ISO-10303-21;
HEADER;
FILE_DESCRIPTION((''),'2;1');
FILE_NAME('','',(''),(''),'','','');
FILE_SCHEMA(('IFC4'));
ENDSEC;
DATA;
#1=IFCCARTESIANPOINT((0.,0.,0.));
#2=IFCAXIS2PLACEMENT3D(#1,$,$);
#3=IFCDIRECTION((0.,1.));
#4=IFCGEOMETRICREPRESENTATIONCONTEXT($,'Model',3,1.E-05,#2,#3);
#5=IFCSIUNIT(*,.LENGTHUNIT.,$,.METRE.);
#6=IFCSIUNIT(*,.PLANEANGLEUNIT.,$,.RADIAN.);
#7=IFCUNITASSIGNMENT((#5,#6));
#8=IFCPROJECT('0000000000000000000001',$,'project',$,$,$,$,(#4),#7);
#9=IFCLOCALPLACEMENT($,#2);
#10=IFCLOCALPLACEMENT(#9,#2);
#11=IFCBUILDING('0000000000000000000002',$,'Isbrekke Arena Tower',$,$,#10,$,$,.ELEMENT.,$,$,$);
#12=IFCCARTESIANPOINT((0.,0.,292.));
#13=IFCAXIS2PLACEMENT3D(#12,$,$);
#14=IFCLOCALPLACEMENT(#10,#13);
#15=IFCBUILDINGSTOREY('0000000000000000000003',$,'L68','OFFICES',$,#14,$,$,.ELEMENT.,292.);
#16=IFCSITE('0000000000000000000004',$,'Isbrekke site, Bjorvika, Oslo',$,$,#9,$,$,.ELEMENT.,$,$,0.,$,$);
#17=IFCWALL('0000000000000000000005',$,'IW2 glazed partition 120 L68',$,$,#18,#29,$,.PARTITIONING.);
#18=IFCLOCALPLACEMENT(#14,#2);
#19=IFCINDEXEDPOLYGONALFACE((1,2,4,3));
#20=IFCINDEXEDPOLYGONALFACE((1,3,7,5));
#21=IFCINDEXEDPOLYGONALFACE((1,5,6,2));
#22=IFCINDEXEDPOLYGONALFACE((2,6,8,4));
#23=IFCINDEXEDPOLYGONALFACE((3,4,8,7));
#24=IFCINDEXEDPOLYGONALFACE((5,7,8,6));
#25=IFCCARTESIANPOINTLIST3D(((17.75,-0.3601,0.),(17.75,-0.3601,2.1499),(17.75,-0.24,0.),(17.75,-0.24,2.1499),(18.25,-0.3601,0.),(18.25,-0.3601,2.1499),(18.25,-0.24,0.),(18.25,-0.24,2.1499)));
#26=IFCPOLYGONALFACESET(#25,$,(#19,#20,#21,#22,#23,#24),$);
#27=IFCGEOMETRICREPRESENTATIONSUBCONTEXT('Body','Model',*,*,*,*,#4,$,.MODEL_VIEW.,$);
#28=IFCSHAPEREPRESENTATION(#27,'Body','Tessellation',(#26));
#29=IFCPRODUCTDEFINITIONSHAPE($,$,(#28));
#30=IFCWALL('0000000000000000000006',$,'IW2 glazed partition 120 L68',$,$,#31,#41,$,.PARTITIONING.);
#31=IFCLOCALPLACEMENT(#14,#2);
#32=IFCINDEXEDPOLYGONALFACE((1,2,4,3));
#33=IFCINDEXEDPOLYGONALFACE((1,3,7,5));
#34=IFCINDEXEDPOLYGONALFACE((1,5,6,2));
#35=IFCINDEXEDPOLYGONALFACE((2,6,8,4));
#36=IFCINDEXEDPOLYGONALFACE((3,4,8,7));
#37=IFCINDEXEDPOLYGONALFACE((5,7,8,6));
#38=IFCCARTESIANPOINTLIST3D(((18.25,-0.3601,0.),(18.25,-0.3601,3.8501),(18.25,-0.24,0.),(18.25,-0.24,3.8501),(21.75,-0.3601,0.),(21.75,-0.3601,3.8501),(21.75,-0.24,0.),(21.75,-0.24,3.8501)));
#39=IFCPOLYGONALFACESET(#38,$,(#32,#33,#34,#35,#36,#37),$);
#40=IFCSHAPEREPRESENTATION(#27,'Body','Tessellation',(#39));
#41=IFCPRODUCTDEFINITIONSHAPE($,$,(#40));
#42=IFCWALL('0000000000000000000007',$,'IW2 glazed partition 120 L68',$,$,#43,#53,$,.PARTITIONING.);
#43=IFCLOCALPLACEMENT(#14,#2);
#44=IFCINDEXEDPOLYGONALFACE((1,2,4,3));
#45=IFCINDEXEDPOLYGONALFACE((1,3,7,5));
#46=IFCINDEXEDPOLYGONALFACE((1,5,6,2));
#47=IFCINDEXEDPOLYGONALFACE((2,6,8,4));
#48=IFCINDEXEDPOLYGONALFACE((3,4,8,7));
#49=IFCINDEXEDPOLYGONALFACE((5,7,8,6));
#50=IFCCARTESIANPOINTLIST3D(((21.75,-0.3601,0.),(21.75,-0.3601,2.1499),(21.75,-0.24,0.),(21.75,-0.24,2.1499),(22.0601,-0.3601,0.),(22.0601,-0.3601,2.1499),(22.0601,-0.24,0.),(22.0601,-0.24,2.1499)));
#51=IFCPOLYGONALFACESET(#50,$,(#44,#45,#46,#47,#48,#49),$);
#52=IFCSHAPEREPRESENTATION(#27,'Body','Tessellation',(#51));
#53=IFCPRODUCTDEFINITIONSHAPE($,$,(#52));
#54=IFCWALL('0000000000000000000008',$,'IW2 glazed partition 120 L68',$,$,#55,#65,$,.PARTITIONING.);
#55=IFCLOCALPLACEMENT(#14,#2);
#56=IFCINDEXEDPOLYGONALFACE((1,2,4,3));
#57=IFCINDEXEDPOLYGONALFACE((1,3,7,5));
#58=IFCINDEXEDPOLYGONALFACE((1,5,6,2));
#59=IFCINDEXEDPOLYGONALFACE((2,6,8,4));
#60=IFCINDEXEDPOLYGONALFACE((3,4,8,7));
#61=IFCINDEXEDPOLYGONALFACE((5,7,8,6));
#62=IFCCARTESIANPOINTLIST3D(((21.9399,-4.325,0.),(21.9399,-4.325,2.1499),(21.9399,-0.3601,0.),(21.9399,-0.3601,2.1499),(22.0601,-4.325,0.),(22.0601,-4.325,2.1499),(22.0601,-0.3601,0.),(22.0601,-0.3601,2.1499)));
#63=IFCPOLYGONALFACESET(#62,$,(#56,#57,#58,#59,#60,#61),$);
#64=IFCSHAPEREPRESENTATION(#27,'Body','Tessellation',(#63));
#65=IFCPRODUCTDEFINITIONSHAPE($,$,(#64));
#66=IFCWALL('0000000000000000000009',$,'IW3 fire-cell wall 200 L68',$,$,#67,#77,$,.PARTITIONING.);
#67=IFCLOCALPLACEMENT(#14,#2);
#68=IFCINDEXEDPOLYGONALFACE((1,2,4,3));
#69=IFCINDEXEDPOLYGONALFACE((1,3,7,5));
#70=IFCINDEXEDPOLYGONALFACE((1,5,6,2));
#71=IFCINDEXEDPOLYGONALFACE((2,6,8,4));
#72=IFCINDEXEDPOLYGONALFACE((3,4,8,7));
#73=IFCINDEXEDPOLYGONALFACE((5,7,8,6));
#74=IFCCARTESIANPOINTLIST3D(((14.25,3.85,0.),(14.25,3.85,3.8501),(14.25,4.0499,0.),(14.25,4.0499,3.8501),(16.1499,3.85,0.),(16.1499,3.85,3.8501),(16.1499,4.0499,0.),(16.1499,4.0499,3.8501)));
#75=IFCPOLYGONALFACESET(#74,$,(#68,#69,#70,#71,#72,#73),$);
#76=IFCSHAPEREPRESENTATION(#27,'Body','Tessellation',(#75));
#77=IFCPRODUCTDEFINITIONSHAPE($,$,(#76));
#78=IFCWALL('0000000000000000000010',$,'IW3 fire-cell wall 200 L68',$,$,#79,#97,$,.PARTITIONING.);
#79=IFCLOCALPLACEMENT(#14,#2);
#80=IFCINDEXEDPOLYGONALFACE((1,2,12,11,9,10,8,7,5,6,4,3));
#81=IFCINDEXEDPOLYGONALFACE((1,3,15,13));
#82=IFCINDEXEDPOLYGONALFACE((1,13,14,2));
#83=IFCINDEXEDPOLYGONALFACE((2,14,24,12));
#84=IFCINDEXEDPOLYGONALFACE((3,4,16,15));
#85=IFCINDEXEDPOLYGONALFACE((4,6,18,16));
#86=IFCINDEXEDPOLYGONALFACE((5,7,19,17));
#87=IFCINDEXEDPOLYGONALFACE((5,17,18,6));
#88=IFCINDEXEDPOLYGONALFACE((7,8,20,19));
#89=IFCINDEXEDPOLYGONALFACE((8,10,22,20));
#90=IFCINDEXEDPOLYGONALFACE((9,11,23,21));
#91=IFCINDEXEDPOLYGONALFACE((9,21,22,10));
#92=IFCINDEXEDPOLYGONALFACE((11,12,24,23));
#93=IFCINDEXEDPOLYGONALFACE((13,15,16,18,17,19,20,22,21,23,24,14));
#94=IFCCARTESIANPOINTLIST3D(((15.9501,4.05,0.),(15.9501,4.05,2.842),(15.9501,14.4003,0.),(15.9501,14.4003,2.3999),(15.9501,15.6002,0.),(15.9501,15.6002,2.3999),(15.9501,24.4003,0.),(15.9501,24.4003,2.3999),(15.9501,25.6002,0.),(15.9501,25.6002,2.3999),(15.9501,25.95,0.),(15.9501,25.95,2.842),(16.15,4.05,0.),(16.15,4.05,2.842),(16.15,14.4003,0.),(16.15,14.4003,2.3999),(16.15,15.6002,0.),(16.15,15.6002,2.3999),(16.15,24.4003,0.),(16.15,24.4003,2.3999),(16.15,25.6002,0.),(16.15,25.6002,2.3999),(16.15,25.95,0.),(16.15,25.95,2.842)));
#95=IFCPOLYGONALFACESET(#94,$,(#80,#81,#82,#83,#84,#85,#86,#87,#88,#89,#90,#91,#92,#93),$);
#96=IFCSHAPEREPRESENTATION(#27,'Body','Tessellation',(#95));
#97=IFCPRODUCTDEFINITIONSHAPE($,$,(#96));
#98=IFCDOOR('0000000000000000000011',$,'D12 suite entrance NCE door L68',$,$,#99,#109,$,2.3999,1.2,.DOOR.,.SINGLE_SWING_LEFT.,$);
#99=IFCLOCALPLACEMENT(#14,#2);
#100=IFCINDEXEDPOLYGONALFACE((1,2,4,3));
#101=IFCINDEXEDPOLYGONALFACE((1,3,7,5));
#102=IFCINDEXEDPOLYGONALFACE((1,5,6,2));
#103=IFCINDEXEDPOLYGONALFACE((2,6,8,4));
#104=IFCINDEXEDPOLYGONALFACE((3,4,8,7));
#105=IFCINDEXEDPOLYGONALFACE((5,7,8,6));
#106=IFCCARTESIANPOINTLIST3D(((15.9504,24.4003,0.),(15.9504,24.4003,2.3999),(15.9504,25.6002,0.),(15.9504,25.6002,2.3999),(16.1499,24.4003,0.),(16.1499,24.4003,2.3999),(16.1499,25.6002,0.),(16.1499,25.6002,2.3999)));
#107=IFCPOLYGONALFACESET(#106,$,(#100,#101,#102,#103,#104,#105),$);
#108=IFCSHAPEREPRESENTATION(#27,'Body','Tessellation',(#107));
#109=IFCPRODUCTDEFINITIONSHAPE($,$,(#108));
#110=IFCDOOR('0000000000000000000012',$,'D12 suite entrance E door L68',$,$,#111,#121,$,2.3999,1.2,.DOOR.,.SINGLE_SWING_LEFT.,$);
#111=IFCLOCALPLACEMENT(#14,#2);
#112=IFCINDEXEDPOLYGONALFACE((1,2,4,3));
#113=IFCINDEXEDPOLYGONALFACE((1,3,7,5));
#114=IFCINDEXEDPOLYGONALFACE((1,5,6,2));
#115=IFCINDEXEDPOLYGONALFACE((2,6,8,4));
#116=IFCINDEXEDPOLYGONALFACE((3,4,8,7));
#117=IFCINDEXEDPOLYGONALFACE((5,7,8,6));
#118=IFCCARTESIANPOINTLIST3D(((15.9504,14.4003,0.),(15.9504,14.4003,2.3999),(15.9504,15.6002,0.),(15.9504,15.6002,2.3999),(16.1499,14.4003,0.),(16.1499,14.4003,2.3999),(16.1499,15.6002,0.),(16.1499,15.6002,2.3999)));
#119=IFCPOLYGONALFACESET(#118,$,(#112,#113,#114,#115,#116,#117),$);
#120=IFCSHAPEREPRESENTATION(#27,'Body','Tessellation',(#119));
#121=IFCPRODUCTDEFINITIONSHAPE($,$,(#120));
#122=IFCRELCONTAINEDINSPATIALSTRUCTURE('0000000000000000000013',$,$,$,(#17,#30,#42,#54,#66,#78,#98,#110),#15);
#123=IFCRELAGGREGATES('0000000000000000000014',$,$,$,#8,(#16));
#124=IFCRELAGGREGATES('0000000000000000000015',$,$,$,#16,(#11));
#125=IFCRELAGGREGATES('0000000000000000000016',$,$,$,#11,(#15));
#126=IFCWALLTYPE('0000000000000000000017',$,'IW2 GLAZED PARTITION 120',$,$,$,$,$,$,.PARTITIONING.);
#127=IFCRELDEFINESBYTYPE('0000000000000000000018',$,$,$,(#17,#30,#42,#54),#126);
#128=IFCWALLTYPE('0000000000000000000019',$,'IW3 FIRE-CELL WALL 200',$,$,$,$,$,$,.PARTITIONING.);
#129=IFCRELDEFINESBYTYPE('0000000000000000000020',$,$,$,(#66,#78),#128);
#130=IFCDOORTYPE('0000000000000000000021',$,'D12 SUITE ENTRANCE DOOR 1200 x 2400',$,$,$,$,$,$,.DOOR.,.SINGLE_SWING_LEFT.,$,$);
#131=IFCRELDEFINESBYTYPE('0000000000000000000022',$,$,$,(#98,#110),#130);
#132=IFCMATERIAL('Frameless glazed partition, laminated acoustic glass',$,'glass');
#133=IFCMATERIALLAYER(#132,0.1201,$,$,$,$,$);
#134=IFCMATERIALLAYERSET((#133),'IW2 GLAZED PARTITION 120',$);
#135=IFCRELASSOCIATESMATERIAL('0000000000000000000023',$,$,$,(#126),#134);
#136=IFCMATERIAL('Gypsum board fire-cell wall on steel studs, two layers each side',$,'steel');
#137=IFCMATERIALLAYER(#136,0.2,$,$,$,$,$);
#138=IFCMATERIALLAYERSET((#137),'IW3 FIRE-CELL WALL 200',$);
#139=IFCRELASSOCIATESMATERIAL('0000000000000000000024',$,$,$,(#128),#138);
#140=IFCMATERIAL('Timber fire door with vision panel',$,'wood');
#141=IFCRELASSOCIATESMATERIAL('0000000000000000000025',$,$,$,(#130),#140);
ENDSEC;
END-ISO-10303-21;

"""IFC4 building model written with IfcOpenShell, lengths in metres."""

from ifc_helpers import new_model, si_unit, direction, frame, frame_2d, origin, place, context, subcontext, project, spatial, rectangle, extrude, material, layer, layer_set, type_object, element, fill, save


model = new_model("IFC4")

# Units and contexts
model_context = context("Model", 3, precision=1e-05, world=origin(), true_north=direction((0.0, 1.0)))
body_context = subcontext(model_context, "Body", "Model", "MODEL_VIEW")
ifc_project = project(units=[si_unit("LENGTHUNIT", "METRE"), si_unit("PLANEANGLEUNIT", "RADIAN")], contexts=[model_context])

# Site, building, storey
site_placement = place(None, origin())
site = spatial("IfcSite", under=ifc_project, at=site_placement, Name="Isbrekke site, Bjorvika, Oslo", CompositionType="ELEMENT", RefElevation=0.0)
building_placement = place(site_placement, origin())
building = spatial("IfcBuilding", under=site, at=building_placement, Name="Isbrekke Arena Tower", CompositionType="ELEMENT")
storey_placement = place(building_placement, frame((0.0, 0.0, 292.0)))
storey = spatial("IfcBuildingStorey", under=building, at=storey_placement, Name="L68", Description="OFFICES", CompositionType="ELEMENT", Elevation=292.0)

# Shared definitions
ifc_material_1 = material(Name="Frameless glazed partition, laminated acoustic glass", Category="glass")
ifc_layer_1 = layer(ifc_material_1, 0.1201)
ifc_layer_set_1 = layer_set([ifc_layer_1], Name="IW2 GLAZED PARTITION 120")
wall_type_1 = type_object("IfcWallType", Name="IW2 GLAZED PARTITION 120", PredefinedType="PARTITIONING", material=ifc_layer_set_1)

# Walls
wall_1_placement = place(storey_placement, frame((17.75, -0.3, 0.0), z_axis=(0.0, 0.0, 1.0), x_axis=(1.0, 0.0, 0.0)))
element("IfcWall", 1, at=wall_1_placement, inside=storey, type_object=wall_type_1, Name="IW2 glazed partition 120 L68", PredefinedType="PARTITIONING", context=body_context, shape_type="SweptSolid", body=[
    extrude(rectangle(XDim=0.5, YDim=0.1201, at=frame_2d((0.25, 0.0))), origin(), (0.0, 0.0, 1.0), 2.1499),
])
wall_2_placement = place(storey_placement, frame((18.25, -0.3, 0.0), z_axis=(0.0, 0.0, 1.0), x_axis=(1.0, 0.0, 0.0)))
element("IfcWall", 2, at=wall_2_placement, inside=storey, type_object=wall_type_1, Name="IW2 glazed partition 120 L68", PredefinedType="PARTITIONING", context=body_context, shape_type="SweptSolid", body=[
    extrude(rectangle(XDim=3.5, YDim=0.1201, at=frame_2d((1.75, 0.0))), origin(), (0.0, 0.0, 1.0), 3.8501),
])
wall_3_placement = place(storey_placement, frame((21.75, -0.3, 0.0), z_axis=(0.0, 0.0, 1.0), x_axis=(1.0, 0.0, 0.0)))
element("IfcWall", 3, at=wall_3_placement, inside=storey, type_object=wall_type_1, Name="IW2 glazed partition 120 L68", PredefinedType="PARTITIONING", context=body_context, shape_type="SweptSolid", body=[
    extrude(rectangle(XDim=0.3101, YDim=0.1201, at=frame_2d((0.155, 0.0))), origin(), (0.0, 0.0, 1.0), 2.1499),
])
wall_4_placement = place(storey_placement, frame((22.0, -4.325, 0.0), z_axis=(0.0, 0.0, 1.0), x_axis=(0.0, 1.0, 0.0)))
element("IfcWall", 4, at=wall_4_placement, inside=storey, type_object=wall_type_1, Name="IW2 glazed partition 120 L68", PredefinedType="PARTITIONING", context=body_context, shape_type="SweptSolid", body=[
    extrude(rectangle(XDim=3.9648, YDim=0.1201, at=frame_2d((1.9824, 0.0))), origin(), (0.0, 0.0, 1.0), 2.1499),
])
ifc_material_2 = material(Name="Gypsum board fire-cell wall on steel studs, two layers each side", Category="steel")
ifc_layer_2 = layer(ifc_material_2, 0.2)
ifc_layer_set_2 = layer_set([ifc_layer_2], Name="IW3 FIRE-CELL WALL 200")
wall_type_2 = type_object("IfcWallType", Name="IW3 FIRE-CELL WALL 200", PredefinedType="PARTITIONING", material=ifc_layer_set_2)
wall_5_placement = place(storey_placement, frame((14.25, 3.95, 0.0), z_axis=(0.0, 0.0, 1.0), x_axis=(1.0, 0.0, 0.0)))
element("IfcWall", 5, at=wall_5_placement, inside=storey, type_object=wall_type_2, Name="IW3 fire-cell wall 200 L68", PredefinedType="PARTITIONING", context=body_context, shape_type="SweptSolid", body=[
    extrude(rectangle(XDim=1.8999, YDim=0.2, at=frame_2d((0.95, 0.0))), origin(), (0.0, 0.0, 1.0), 3.8501),
])

# Wall, openings, doors
wall_6_placement = place(storey_placement, frame((16.05, 4.05, 0.0), z_axis=(0.0, 0.0, 1.0), x_axis=(0.0, 1.0, 0.0)))
wall_6 = element("IfcWall", 6, at=wall_6_placement, inside=storey, type_object=wall_type_2, Name="IW3 fire-cell wall 200 L68", PredefinedType="PARTITIONING", context=body_context, shape_type="SweptSolid", body=[
    extrude(rectangle(XDim=21.8999, YDim=0.2, at=frame_2d((10.95, 0.0))), origin(), (0.0, 0.0, 1.0), 2.842),
])
opening_1_placement = place(wall_6_placement, frame((20.3501, 0.0, 0.0)))
opening_1 = element("IfcOpeningElement", 7, at=opening_1_placement, cuts=wall_6, PredefinedType="OPENING", context=body_context, shape_type="SweptSolid", body=[
    extrude(rectangle(XDim=1.2, YDim=2.3999, at=frame_2d((0.6001, 1.2))), frame((0.0, 0.1147, 0.0), z_axis=(0.0, -1.0, 0.0), x_axis=(1.0, 0.0, 0.0)), (0.0, 0.0, 1.0), 0.2297),
])
opening_2_placement = place(wall_6_placement, frame((10.3501, 0.0, 0.0)))
opening_2 = element("IfcOpeningElement", 8, at=opening_2_placement, cuts=wall_6, PredefinedType="OPENING", context=body_context, shape_type="SweptSolid", body=[
    extrude(rectangle(XDim=1.2, YDim=2.3999, at=frame_2d((0.6001, 1.2))), frame((0.0, 0.1147, 0.0), z_axis=(0.0, -1.0, 0.0), x_axis=(1.0, 0.0, 0.0)), (0.0, 0.0, 1.0), 0.2297),
])
ifc_material_3 = material(Name="Timber fire door with vision panel", Category="wood")
door_type_1 = type_object("IfcDoorType", Name="D12 SUITE ENTRANCE DOOR 1200 x 2400", OperationType="SINGLE_SWING_LEFT", PredefinedType="DOOR", material=ifc_material_3)
door_1_placement = place(opening_1_placement, origin())
door_1 = element("IfcDoor", 9, at=door_1_placement, inside=storey, type_object=door_type_1, Name="D12 suite entrance NCE door L68", OperationType="SINGLE_SWING_LEFT", OverallHeight=2.3999, OverallWidth=1.2, PredefinedType="DOOR", context=body_context, shape_type="SweptSolid", body=[
    extrude(rectangle(XDim=1.2, YDim=2.3999, at=frame_2d((0.6001, 1.2))), frame((0.0, 0.0996, 0.0), z_axis=(0.0, -1.0, 0.0), x_axis=(1.0, 0.0, 0.0)), (0.0, 0.0, 1.0), 0.1995),
])
fill(opening_1, door_1)
door_2_placement = place(opening_2_placement, origin())
door_2 = element("IfcDoor", 10, at=door_2_placement, inside=storey, type_object=door_type_1, Name="D12 suite entrance E door L68", OperationType="SINGLE_SWING_LEFT", OverallHeight=2.3999, OverallWidth=1.2, PredefinedType="DOOR", context=body_context, shape_type="SweptSolid", body=[
    extrude(rectangle(XDim=1.2, YDim=2.3999, at=frame_2d((0.6001, 1.2))), frame((0.0, 0.0996, 0.0), z_axis=(0.0, -1.0, 0.0), x_axis=(1.0, 0.0, 0.0)), (0.0, 0.0, 1.0), 0.1995),
])
fill(opening_2, door_2)

save(model, "model.ifc")
